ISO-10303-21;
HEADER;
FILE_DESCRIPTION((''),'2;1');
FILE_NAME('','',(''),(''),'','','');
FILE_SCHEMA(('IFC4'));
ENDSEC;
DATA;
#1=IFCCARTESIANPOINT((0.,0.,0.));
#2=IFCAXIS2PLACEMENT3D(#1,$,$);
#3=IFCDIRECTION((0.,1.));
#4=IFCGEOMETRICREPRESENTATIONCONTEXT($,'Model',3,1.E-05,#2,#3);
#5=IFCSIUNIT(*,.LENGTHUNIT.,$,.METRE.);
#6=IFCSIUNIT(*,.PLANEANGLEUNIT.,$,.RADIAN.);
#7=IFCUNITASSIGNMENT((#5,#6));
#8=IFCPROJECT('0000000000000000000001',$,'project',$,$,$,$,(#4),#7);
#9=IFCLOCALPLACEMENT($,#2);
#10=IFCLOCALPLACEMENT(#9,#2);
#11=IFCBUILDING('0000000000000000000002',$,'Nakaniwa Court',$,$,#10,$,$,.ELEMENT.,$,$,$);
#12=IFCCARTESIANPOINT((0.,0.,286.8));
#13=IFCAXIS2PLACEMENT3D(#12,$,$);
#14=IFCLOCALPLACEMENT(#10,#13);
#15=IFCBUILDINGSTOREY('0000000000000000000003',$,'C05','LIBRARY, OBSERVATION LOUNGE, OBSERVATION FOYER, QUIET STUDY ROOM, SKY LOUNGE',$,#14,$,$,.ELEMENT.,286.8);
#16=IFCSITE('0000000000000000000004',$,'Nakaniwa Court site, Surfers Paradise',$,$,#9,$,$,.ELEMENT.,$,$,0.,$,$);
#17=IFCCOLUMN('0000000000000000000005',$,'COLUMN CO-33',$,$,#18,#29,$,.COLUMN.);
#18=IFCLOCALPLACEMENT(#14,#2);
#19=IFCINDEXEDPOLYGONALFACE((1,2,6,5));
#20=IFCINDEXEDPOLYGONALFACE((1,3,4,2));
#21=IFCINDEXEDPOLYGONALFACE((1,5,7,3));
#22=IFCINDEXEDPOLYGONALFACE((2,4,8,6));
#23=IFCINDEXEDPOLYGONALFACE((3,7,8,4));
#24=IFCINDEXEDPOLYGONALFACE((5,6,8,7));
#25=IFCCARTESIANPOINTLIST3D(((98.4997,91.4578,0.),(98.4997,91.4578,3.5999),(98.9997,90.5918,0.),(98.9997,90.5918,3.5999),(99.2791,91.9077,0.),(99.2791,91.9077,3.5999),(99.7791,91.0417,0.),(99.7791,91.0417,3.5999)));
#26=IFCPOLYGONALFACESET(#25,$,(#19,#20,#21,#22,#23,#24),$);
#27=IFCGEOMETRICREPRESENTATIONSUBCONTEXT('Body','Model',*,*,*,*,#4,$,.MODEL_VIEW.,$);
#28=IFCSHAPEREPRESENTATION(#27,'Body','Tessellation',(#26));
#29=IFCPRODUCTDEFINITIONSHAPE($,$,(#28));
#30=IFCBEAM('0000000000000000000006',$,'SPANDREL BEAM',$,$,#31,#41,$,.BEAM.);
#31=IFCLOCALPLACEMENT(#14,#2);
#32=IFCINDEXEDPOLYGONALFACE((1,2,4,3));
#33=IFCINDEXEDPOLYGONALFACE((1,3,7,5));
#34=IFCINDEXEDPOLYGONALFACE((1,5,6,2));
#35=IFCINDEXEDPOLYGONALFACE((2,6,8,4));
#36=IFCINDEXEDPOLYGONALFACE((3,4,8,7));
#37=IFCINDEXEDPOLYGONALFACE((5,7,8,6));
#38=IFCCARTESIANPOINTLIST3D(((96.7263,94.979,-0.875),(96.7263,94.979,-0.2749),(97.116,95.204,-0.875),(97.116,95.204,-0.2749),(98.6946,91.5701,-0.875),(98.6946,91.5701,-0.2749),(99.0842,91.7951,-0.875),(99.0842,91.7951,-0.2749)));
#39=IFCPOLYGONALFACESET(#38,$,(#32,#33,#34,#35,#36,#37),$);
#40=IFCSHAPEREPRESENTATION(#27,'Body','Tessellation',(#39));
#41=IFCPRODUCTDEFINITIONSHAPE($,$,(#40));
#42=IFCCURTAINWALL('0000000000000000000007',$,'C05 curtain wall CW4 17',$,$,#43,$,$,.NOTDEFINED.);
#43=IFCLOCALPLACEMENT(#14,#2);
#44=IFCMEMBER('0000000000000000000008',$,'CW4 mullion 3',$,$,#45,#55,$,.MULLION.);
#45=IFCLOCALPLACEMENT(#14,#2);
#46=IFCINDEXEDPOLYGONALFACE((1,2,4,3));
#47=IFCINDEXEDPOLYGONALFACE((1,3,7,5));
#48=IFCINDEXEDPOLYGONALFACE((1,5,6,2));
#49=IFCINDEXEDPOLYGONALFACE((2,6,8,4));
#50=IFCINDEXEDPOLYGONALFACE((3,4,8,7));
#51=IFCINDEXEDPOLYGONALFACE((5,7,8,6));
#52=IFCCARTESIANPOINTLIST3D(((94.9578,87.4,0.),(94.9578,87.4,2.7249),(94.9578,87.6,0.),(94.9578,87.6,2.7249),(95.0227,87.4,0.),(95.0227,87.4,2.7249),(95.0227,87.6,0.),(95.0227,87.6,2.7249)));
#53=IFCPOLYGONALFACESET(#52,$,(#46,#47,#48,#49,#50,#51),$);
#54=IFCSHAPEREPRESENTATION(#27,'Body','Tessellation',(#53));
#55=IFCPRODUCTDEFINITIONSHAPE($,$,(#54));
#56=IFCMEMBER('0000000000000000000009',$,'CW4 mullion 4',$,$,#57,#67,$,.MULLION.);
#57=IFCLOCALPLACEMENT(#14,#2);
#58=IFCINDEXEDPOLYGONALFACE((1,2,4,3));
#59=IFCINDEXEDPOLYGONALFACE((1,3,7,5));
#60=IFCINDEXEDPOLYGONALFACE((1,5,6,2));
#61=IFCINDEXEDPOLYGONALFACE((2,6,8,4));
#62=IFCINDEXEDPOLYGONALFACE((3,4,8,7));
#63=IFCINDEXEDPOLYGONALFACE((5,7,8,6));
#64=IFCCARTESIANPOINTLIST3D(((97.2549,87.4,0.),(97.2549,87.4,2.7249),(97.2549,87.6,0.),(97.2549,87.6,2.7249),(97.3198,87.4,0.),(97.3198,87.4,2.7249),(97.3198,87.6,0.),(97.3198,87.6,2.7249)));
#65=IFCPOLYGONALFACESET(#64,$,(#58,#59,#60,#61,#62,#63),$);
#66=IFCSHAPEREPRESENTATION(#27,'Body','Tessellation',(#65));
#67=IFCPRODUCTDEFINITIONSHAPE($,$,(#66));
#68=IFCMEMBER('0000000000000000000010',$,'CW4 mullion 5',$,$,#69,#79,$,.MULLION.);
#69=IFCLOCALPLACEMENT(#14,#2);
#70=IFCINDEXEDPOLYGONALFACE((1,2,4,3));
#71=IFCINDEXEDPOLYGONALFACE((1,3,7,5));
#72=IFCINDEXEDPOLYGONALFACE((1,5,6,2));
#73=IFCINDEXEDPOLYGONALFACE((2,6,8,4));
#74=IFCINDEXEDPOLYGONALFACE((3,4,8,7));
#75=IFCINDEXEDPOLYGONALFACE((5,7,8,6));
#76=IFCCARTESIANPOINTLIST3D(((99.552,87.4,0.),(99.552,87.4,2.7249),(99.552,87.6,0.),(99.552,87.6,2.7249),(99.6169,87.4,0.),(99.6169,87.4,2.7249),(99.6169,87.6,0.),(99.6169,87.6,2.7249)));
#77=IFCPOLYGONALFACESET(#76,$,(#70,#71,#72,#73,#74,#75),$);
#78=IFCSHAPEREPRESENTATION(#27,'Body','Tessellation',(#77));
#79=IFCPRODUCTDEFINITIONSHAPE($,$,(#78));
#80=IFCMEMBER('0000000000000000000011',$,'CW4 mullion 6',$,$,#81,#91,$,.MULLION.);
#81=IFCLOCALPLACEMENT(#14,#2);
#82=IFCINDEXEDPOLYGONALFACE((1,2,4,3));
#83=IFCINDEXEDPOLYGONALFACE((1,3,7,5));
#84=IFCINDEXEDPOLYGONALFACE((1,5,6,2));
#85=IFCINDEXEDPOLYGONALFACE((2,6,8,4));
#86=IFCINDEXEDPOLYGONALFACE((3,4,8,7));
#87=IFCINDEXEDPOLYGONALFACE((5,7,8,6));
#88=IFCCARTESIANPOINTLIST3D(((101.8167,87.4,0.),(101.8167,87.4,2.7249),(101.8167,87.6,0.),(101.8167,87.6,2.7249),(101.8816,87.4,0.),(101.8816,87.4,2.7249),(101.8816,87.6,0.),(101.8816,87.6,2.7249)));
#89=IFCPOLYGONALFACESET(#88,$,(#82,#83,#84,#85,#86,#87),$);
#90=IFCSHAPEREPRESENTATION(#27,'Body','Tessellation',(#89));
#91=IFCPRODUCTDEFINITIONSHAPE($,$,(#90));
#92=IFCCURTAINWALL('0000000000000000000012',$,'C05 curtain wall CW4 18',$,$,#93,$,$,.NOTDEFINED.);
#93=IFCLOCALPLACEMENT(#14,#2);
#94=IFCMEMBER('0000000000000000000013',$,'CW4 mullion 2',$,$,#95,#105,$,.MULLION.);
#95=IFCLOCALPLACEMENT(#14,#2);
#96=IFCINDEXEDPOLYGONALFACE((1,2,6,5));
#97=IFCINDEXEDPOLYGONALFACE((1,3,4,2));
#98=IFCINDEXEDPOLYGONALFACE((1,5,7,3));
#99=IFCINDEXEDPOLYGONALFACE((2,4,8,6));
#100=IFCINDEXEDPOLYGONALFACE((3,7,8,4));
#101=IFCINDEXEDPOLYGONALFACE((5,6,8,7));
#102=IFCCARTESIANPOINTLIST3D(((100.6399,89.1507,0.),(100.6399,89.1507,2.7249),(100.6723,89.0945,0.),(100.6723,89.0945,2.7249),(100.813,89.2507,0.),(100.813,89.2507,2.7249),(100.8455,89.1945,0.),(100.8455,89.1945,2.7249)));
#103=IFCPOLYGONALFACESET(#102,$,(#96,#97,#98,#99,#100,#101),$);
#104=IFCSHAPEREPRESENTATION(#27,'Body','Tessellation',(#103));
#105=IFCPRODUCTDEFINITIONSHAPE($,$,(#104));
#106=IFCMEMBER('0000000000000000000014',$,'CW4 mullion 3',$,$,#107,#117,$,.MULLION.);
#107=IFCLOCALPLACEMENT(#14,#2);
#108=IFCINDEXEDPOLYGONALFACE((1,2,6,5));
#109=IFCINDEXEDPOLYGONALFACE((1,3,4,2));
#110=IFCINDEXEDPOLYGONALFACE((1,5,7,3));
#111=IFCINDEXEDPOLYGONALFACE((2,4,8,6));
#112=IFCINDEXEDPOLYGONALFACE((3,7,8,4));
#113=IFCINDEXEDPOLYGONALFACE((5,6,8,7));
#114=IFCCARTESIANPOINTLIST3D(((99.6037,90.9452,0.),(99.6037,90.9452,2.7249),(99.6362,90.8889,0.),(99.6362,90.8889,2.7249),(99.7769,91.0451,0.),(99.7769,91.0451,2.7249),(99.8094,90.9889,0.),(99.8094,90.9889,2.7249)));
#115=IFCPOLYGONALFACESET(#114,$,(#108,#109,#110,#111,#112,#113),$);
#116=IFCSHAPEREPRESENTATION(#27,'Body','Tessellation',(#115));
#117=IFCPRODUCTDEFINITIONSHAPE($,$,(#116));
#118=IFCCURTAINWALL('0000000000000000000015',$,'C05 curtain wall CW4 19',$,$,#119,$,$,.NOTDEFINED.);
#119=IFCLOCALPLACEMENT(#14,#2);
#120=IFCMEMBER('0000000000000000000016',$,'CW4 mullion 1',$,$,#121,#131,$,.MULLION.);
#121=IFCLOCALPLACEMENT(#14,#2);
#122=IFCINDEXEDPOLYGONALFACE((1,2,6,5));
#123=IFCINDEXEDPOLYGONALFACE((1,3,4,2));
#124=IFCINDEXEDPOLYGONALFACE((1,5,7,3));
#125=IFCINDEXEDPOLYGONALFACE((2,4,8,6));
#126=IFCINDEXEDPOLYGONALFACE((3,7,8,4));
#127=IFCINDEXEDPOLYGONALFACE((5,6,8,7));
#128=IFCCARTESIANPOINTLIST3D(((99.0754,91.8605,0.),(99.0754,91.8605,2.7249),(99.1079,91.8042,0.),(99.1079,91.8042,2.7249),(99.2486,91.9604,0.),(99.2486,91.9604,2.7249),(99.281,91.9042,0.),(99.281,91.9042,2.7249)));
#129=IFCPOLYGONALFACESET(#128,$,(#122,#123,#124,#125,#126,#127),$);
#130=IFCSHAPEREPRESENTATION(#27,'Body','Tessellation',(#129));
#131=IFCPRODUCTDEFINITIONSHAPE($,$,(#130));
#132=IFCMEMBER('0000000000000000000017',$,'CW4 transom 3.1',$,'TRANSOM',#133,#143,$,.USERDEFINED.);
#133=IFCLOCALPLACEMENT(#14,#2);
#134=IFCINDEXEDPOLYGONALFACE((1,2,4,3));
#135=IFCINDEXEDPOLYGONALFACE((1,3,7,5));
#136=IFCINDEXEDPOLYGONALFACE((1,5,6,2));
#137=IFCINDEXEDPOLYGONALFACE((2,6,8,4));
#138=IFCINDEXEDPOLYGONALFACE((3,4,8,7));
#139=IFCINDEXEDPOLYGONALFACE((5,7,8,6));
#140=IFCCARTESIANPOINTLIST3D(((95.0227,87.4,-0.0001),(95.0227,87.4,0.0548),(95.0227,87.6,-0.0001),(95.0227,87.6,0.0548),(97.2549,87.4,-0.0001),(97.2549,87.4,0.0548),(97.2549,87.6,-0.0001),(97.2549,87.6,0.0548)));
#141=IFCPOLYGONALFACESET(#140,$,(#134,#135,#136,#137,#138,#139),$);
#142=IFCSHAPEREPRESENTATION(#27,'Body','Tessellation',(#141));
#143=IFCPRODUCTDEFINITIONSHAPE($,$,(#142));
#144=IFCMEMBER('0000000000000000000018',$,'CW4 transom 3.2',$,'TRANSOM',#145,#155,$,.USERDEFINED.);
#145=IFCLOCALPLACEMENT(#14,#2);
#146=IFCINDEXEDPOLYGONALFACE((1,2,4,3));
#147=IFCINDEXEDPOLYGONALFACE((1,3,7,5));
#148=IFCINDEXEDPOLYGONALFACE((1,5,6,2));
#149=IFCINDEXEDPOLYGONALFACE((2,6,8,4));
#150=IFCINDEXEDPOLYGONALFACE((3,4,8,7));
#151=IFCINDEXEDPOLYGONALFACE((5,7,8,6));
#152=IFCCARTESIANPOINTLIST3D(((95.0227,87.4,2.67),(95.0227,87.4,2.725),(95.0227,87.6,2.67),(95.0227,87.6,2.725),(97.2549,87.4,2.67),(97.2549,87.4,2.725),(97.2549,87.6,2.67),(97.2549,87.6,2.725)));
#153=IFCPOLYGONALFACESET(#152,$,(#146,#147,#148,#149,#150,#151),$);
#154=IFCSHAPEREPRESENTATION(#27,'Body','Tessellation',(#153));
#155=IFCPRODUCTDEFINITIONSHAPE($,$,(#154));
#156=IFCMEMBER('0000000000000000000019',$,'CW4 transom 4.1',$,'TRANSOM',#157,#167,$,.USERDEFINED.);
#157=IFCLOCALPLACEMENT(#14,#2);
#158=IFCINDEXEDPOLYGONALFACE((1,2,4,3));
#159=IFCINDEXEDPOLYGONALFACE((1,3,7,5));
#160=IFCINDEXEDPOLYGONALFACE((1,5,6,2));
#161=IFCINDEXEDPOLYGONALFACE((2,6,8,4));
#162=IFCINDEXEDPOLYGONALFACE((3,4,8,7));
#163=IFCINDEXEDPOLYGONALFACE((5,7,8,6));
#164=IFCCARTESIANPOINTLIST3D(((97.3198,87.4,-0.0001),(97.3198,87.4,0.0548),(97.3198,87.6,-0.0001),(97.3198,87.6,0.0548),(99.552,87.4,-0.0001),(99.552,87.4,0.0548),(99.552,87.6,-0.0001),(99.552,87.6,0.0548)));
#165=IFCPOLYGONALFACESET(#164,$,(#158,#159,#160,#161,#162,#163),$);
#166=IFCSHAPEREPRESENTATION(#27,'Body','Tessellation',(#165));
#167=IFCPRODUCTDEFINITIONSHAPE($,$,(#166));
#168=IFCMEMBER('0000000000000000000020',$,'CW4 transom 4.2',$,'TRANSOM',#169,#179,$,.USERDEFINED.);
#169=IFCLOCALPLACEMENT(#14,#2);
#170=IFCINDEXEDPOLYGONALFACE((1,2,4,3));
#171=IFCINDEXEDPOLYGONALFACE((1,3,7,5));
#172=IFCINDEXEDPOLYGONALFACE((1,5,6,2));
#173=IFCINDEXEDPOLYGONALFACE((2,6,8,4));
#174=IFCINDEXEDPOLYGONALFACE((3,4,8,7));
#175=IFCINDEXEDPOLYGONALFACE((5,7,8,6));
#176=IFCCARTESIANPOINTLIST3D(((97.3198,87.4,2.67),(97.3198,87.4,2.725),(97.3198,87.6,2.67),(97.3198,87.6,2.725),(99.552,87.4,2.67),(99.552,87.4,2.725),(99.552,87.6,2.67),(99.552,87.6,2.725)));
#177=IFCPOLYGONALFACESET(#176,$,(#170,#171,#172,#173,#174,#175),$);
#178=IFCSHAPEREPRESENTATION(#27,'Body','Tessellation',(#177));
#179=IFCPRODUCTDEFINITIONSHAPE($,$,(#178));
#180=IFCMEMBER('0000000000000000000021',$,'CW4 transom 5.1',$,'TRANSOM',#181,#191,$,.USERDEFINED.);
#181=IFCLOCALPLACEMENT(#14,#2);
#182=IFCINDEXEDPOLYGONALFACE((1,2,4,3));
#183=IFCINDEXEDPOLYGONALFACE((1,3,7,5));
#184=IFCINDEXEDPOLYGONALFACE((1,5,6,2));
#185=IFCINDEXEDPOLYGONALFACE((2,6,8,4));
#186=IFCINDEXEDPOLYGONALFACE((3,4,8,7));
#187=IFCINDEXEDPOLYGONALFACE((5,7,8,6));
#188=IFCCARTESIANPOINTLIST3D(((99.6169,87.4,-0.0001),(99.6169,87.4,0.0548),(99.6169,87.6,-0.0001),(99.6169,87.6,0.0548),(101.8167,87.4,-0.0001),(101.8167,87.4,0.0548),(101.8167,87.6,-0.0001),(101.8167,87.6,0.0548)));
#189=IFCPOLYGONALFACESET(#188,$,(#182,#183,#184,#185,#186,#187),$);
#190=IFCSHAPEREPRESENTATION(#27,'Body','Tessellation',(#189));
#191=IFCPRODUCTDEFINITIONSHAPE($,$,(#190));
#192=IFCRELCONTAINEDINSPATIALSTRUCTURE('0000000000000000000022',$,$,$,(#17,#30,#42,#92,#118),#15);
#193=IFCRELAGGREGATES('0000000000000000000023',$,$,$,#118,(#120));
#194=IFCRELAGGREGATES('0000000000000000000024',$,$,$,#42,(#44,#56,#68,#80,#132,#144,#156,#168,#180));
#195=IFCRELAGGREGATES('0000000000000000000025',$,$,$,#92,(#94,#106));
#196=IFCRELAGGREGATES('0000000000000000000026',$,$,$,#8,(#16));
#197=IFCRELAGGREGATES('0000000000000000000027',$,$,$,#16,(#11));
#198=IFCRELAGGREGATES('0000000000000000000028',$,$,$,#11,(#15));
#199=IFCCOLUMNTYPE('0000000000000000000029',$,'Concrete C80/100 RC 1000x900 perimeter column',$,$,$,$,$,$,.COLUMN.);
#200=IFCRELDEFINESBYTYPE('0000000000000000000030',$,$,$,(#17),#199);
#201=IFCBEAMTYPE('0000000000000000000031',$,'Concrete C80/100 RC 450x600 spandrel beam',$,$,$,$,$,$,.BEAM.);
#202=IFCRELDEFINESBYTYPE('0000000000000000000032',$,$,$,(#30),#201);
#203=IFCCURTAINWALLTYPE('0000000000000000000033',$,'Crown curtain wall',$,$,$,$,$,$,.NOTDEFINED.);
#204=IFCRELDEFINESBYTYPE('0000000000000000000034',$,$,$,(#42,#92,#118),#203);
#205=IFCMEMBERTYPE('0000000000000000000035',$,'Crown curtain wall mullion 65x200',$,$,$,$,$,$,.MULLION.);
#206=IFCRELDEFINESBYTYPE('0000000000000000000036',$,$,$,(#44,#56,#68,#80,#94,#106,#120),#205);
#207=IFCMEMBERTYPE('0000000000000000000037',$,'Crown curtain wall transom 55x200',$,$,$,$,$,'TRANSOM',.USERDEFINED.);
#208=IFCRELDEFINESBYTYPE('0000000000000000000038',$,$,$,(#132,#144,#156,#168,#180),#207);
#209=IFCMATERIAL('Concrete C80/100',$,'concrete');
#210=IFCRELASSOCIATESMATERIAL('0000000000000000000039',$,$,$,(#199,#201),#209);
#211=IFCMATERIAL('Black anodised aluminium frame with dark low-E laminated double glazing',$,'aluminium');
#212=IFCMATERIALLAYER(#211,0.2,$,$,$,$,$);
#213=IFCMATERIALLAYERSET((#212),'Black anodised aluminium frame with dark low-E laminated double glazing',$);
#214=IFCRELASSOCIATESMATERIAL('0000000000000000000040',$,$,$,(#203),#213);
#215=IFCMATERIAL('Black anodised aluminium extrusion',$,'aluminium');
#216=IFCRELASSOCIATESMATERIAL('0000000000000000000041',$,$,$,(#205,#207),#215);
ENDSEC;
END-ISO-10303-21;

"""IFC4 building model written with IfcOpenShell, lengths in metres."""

from ifc_helpers import new_model, si_unit, direction, frame, origin, origin_2d, place, context, subcontext, project, spatial, rectangle, extrude, material, layer, layer_set, material_profile, profile_set, type_object, element, aggregate, save


model = new_model("IFC4")

# Units and contexts
model_context = context("Model", 3, precision=1e-05, world=origin(), true_north=direction((0.0, 1.0)))
body_context = subcontext(model_context, "Body", "Model", "MODEL_VIEW")
ifc_project = project(units=[si_unit("LENGTHUNIT", "METRE"), si_unit("PLANEANGLEUNIT", "RADIAN")], contexts=[model_context])

# Site, building, storey
site_placement = place(None, origin())
site = spatial("IfcSite", under=ifc_project, at=site_placement, Name="Nakaniwa Court site, Surfers Paradise", CompositionType="ELEMENT", RefElevation=0.0)
building_placement = place(site_placement, origin())
building = spatial("IfcBuilding", under=site, at=building_placement, Name="Nakaniwa Court", CompositionType="ELEMENT")
storey_placement = place(building_placement, frame((0.0, 0.0, 286.8)))
storey = spatial("IfcBuildingStorey", under=building, at=storey_placement, Name="C05", Description="LIBRARY, OBSERVATION LOUNGE, OBSERVATION FOYER, QUIET STUDY ROOM, SKY LOUNGE", CompositionType="ELEMENT", Elevation=286.8)

# Column
ifc_material_1 = material(Name="Concrete C80/100", Category="concrete")
ifc_material_profile_1 = material_profile(ifc_material_1, rectangle(XDim=1.0, YDim=0.8999, at=origin_2d()), Name="Concrete C80/100 RC 1000x900 perimeter column")
ifc_profile_set_1 = profile_set([ifc_material_profile_1], Name="Concrete C80/100")
column_type = type_object("IfcColumnType", Name="Concrete C80/100 RC 1000x900 perimeter column", PredefinedType="COLUMN", material=ifc_profile_set_1)
column_placement = place(storey_placement, frame((99.1394, 91.2498, 0.0), z_axis=(0.0, 0.0, 1.0), x_axis=(-0.5, 0.866025, 0.0)))
element("IfcColumn", 1, at=column_placement, inside=storey, type_object=column_type, Name="COLUMN CO-33", PredefinedType="COLUMN", context=body_context, shape_type="SweptSolid", body=[
    extrude(rectangle(XDim=1.0, YDim=0.8999, at=origin_2d()), origin(), (0.0, 0.0, 1.0), 3.5999),
])

# Beam
ifc_material_profile_2 = material_profile(ifc_material_1, rectangle(XDim=0.45, YDim=0.6001, at=origin_2d()), Name="Concrete C80/100 RC 450x600 spandrel beam")
ifc_profile_set_2 = profile_set([ifc_material_profile_2], Name="Concrete C80/100")
beam_type = type_object("IfcBeamType", Name="Concrete C80/100 RC 450x600 spandrel beam", PredefinedType="BEAM", material=ifc_profile_set_2)
beam_placement = place(storey_placement, frame((98.8894, 91.6826, -0.575), z_axis=(-0.500021, 0.866013, 0.0), x_axis=(-0.866013, -0.500021, 0.0)))
element("IfcBeam", 2, at=beam_placement, inside=storey, type_object=beam_type, Name="SPANDREL BEAM", PredefinedType="BEAM", context=body_context, shape_type="SweptSolid", body=[
    extrude(rectangle(XDim=0.45, YDim=0.6001, at=origin_2d()), origin(), (0.0, 0.0, 1.0), 3.9363),
])

# Curtain walls, members
ifc_material_2 = material(Name="Black anodised aluminium frame with dark low-E laminated double glazing", Category="aluminium")
ifc_layer_1 = layer(ifc_material_2, 0.2)
ifc_layer_set_1 = layer_set([ifc_layer_1], Name="Black anodised aluminium frame with dark low-E laminated double glazing")
curtain_wall_type = type_object("IfcCurtainWallType", Name="Crown curtain wall", PredefinedType="NOTDEFINED", material=ifc_layer_set_1)
curtain_wall_1_placement = place(storey_placement, origin())
curtain_wall_1 = element("IfcCurtainWall", 3, at=curtain_wall_1_placement, inside=storey, type_object=curtain_wall_type, Name="C05 curtain wall CW4 17", PredefinedType="NOTDEFINED")
ifc_material_3 = material(Name="Black anodised aluminium extrusion", Category="aluminium")
ifc_material_profile_3 = material_profile(ifc_material_3, rectangle(XDim=0.2, YDim=0.0649, at=origin_2d()), Name="Crown curtain wall mullion 65x200")
ifc_profile_set_3 = profile_set([ifc_material_profile_3], Name="Black anodised aluminium extrusion")
member_type_1 = type_object("IfcMemberType", Name="Crown curtain wall mullion 65x200", PredefinedType="MULLION", material=ifc_profile_set_3)
member_1_placement = place(storey_placement, frame((94.9902, 87.5, 0.0), z_axis=(0.0, 0.0, 1.0), x_axis=(0.0, 1.0, 0.0)))
member_1 = element("IfcMember", 4, at=member_1_placement, type_object=member_type_1, Name="CW4 mullion 3", PredefinedType="MULLION", context=body_context, shape_type="SweptSolid", body=[
    extrude(rectangle(XDim=0.2, YDim=0.0649, at=origin_2d()), origin(), (0.0, 0.0, 1.0), 2.7249),
])
member_2_placement = place(storey_placement, frame((97.2874, 87.5, 0.0), z_axis=(0.0, 0.0, 1.0), x_axis=(0.0, 1.0, 0.0)))
member_2 = element("IfcMember", 5, at=member_2_placement, type_object=member_type_1, Name="CW4 mullion 4", PredefinedType="MULLION", context=body_context, shape_type="SweptSolid", body=[
    extrude(rectangle(XDim=0.2, YDim=0.0649, at=origin_2d()), origin(), (0.0, 0.0, 1.0), 2.7249),
])
member_3_placement = place(storey_placement, frame((99.5845, 87.5, 0.0), z_axis=(0.0, 0.0, 1.0), x_axis=(0.0, 1.0, 0.0)))
member_3 = element("IfcMember", 6, at=member_3_placement, type_object=member_type_1, Name="CW4 mullion 5", PredefinedType="MULLION", context=body_context, shape_type="SweptSolid", body=[
    extrude(rectangle(XDim=0.2, YDim=0.0649, at=origin_2d()), origin(), (0.0, 0.0, 1.0), 2.7249),
])
member_4_placement = place(storey_placement, frame((101.8491, 87.5, 0.0), z_axis=(0.0, 0.0, 1.0), x_axis=(0.0, 1.0, 0.0)))
member_4 = element("IfcMember", 7, at=member_4_placement, type_object=member_type_1, Name="CW4 mullion 6", PredefinedType="MULLION", context=body_context, shape_type="SweptSolid", body=[
    extrude(rectangle(XDim=0.2, YDim=0.0649, at=origin_2d()), origin(), (0.0, 0.0, 1.0), 2.7249),
])
curtain_wall_2_placement = place(storey_placement, origin())
curtain_wall_2 = element("IfcCurtainWall", 8, at=curtain_wall_2_placement, inside=storey, type_object=curtain_wall_type, Name="C05 curtain wall CW4 18", PredefinedType="NOTDEFINED")
member_5_placement = place(storey_placement, frame((100.7427, 89.1726, 0.0), z_axis=(0.0, 0.0, 1.0), x_axis=(-0.866021, -0.500008, 0.0)))
member_5 = element("IfcMember", 9, at=member_5_placement, type_object=member_type_1, Name="CW4 mullion 2", PredefinedType="MULLION", context=body_context, shape_type="SweptSolid", body=[
    extrude(rectangle(XDim=0.2, YDim=0.0649, at=origin_2d()), origin(), (0.0, 0.0, 1.0), 2.7249),
])
member_6_placement = place(storey_placement, frame((99.7065, 90.967, 0.0), z_axis=(0.0, 0.0, 1.0), x_axis=(-0.866021, -0.500008, 0.0)))
member_6 = element("IfcMember", 10, at=member_6_placement, type_object=member_type_1, Name="CW4 mullion 3", PredefinedType="MULLION", context=body_context, shape_type="SweptSolid", body=[
    extrude(rectangle(XDim=0.2, YDim=0.0649, at=origin_2d()), origin(), (0.0, 0.0, 1.0), 2.7249),
])

# Curtain wall, member
curtain_wall_3_placement = place(storey_placement, origin())
curtain_wall_3 = element("IfcCurtainWall", 11, at=curtain_wall_3_placement, inside=storey, type_object=curtain_wall_type, Name="C05 curtain wall CW4 19", PredefinedType="NOTDEFINED")
member_7_placement = place(storey_placement, frame((99.1782, 91.8823, 0.0), z_axis=(0.0, 0.0, 1.0), x_axis=(-0.866033, -0.499987, 0.0)))
member_7 = element("IfcMember", 12, at=member_7_placement, type_object=member_type_1, Name="CW4 mullion 1", PredefinedType="MULLION", context=body_context, shape_type="SweptSolid", body=[
    extrude(rectangle(XDim=0.2, YDim=0.0649, at=origin_2d()), origin(), (0.0, 0.0, 1.0), 2.7249),
])
aggregate(curtain_wall_3, [member_7])

# Members
ifc_material_profile_4 = material_profile(ifc_material_3, rectangle(XDim=0.2, YDim=0.0549, at=origin_2d()), Name="Crown curtain wall transom 55x200")
ifc_profile_set_4 = profile_set([ifc_material_profile_4], Name="Black anodised aluminium extrusion")
member_type_2 = type_object("IfcMemberType", Name="Crown curtain wall transom 55x200", ElementType="TRANSOM", PredefinedType="USERDEFINED", material=ifc_profile_set_4)
member_8_placement = place(storey_placement, frame((95.0227, 87.5, 0.0273), z_axis=(1.0, 0.0, 0.0), x_axis=(0.0, 1.0, 0.0)))
member_8 = element("IfcMember", 13, at=member_8_placement, type_object=member_type_2, Name="CW4 transom 3.1", ObjectType="TRANSOM", PredefinedType="USERDEFINED", context=body_context, shape_type="SweptSolid", body=[
    extrude(rectangle(XDim=0.2, YDim=0.0549, at=origin_2d()), origin(), (0.0, 0.0, 1.0), 2.2322),
])
member_9_placement = place(storey_placement, frame((95.0227, 87.5, 2.6975), z_axis=(1.0, 0.0, 0.0), x_axis=(0.0, 1.0, 0.0)))
member_9 = element("IfcMember", 14, at=member_9_placement, type_object=member_type_2, Name="CW4 transom 3.2", ObjectType="TRANSOM", PredefinedType="USERDEFINED", context=body_context, shape_type="SweptSolid", body=[
    extrude(rectangle(XDim=0.2, YDim=0.0549, at=origin_2d()), origin(), (0.0, 0.0, 1.0), 2.2322),
])
member_10_placement = place(storey_placement, frame((97.3198, 87.5, 0.0273), z_axis=(1.0, 0.0, 0.0), x_axis=(0.0, 1.0, 0.0)))
member_10 = element("IfcMember", 15, at=member_10_placement, type_object=member_type_2, Name="CW4 transom 4.1", ObjectType="TRANSOM", PredefinedType="USERDEFINED", context=body_context, shape_type="SweptSolid", body=[
    extrude(rectangle(XDim=0.2, YDim=0.0549, at=origin_2d()), origin(), (0.0, 0.0, 1.0), 2.2322),
])
member_11_placement = place(storey_placement, frame((97.3198, 87.5, 2.6975), z_axis=(1.0, 0.0, 0.0), x_axis=(0.0, 1.0, 0.0)))
member_11 = element("IfcMember", 16, at=member_11_placement, type_object=member_type_2, Name="CW4 transom 4.2", ObjectType="TRANSOM", PredefinedType="USERDEFINED", context=body_context, shape_type="SweptSolid", body=[
    extrude(rectangle(XDim=0.2, YDim=0.0549, at=origin_2d()), origin(), (0.0, 0.0, 1.0), 2.2322),
])
member_12_placement = place(storey_placement, frame((99.6169, 87.5, 0.0273), z_axis=(1.0, 0.0, 0.0), x_axis=(0.0, 1.0, 0.0)))
member_12 = element("IfcMember", 17, at=member_12_placement, type_object=member_type_2, Name="CW4 transom 5.1", ObjectType="TRANSOM", PredefinedType="USERDEFINED", context=body_context, shape_type="SweptSolid", body=[
    extrude(rectangle(XDim=0.2, YDim=0.0549, at=origin_2d()), origin(), (0.0, 0.0, 1.0), 2.1997),
])

aggregate(curtain_wall_1, [member_1, member_2, member_3, member_4, member_8, member_9, member_10, member_11, member_12])
aggregate(curtain_wall_2, [member_5, member_6])

save(model, "model.ifc")
